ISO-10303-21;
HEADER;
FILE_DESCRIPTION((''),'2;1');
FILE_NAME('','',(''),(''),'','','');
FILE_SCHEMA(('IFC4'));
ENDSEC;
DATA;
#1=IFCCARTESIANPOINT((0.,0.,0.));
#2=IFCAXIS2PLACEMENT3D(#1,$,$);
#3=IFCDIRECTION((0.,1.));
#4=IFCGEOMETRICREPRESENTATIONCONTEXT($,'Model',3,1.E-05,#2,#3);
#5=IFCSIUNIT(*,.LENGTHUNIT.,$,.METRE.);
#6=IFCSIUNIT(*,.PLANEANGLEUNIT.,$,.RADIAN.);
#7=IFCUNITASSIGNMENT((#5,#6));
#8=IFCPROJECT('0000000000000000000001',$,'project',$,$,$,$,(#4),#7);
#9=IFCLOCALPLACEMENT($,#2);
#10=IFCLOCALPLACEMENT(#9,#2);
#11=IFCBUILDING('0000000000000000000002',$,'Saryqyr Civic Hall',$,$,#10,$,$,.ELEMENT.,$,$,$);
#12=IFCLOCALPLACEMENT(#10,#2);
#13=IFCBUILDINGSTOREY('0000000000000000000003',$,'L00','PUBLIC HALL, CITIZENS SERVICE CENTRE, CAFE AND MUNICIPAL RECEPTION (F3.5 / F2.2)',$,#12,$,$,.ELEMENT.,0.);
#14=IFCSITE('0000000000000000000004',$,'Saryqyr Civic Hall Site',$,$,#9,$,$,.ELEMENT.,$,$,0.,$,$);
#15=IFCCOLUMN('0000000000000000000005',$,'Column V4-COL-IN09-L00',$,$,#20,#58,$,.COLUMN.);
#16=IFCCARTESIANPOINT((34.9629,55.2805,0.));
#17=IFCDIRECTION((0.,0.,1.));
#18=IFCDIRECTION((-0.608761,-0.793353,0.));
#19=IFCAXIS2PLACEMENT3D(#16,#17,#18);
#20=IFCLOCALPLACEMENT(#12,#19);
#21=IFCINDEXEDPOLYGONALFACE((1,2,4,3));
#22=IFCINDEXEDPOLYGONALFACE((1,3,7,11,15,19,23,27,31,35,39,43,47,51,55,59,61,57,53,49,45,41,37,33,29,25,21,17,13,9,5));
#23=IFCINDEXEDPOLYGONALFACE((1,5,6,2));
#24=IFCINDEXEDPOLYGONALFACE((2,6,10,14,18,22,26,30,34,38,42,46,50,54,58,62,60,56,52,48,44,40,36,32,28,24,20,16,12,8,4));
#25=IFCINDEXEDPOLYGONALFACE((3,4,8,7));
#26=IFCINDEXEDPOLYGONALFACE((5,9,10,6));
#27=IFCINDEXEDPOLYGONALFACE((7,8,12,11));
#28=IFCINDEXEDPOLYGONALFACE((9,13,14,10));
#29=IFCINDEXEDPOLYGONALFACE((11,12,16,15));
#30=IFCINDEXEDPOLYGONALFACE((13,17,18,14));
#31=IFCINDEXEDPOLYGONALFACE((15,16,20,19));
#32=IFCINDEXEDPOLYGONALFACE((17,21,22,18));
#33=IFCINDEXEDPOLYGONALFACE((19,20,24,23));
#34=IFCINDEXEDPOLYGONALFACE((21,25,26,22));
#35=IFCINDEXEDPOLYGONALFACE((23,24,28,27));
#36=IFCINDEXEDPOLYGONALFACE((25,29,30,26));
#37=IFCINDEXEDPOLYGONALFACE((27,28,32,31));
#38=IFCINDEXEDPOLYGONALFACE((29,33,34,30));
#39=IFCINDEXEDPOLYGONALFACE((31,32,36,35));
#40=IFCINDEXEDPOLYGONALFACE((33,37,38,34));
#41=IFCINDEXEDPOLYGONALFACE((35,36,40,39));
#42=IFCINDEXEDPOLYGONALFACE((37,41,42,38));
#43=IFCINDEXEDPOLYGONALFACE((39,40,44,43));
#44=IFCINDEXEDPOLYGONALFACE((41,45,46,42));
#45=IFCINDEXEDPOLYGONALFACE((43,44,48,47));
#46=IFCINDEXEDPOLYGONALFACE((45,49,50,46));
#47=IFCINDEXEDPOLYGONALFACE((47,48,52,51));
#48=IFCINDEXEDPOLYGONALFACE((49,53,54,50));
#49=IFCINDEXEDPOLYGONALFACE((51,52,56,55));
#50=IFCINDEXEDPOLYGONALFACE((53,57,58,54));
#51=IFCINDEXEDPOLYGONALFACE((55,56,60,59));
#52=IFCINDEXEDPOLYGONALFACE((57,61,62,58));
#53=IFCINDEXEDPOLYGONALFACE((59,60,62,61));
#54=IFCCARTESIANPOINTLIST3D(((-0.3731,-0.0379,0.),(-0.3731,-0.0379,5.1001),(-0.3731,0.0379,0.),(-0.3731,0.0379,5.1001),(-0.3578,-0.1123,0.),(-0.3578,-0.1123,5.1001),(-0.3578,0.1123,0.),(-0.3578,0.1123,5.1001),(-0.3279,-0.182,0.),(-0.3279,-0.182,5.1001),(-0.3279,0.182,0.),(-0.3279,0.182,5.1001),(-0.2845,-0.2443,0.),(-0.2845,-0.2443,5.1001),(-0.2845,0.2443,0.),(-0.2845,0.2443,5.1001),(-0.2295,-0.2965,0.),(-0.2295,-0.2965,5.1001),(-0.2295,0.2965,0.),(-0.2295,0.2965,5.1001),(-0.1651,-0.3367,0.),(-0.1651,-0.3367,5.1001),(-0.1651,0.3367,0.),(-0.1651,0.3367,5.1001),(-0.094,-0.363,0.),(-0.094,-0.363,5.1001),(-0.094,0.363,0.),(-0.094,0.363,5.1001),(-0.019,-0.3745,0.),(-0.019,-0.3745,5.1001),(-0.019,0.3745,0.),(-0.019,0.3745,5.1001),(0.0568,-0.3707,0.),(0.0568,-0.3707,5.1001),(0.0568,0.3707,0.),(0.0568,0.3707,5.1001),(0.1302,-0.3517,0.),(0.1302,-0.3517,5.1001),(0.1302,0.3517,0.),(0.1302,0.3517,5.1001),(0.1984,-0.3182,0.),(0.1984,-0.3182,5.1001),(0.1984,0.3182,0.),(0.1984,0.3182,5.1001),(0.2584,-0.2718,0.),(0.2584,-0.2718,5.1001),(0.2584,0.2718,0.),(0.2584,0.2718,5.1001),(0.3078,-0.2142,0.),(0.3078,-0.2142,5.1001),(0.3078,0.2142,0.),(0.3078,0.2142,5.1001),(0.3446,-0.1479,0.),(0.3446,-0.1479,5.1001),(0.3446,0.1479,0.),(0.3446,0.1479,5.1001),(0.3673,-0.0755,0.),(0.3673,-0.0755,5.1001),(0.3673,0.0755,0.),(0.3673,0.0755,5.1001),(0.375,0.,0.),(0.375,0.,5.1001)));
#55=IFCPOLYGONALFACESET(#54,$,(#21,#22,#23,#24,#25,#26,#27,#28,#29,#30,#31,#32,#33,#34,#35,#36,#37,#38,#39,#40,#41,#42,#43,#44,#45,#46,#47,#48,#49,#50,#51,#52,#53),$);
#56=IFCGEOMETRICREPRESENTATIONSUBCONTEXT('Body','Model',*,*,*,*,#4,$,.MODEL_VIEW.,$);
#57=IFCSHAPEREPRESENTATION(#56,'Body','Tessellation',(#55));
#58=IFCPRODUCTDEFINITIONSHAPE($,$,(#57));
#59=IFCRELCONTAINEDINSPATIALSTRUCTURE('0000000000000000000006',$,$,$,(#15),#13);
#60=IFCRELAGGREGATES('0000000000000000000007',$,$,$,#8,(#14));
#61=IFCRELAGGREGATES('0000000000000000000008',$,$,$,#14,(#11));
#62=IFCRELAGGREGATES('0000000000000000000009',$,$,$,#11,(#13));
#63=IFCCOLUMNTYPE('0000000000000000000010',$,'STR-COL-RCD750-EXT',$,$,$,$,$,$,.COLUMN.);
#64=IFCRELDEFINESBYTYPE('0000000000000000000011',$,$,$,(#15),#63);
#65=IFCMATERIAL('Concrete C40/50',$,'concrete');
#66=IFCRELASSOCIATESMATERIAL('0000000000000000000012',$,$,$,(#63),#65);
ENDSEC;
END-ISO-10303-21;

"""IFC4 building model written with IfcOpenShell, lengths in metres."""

from ifc_helpers import new_model, si_unit, direction, frame, origin, origin_2d, place, context, subcontext, project, spatial, circle, extrude, material, material_profile, profile_set, type_object, element, save


model = new_model("IFC4")

# Units and contexts
model_context = context("Model", 3, precision=1e-05, world=origin(), true_north=direction((0.0, 1.0)))
body_context = subcontext(model_context, "Body", "Model", "MODEL_VIEW")
ifc_project = project(units=[si_unit("LENGTHUNIT", "METRE"), si_unit("PLANEANGLEUNIT", "RADIAN")], contexts=[model_context])

# Site, building, storey
site_placement = place(None, origin())
site = spatial("IfcSite", under=ifc_project, at=site_placement, Name="Saryqyr Civic Hall Site", CompositionType="ELEMENT", RefElevation=0.0)
building_placement = place(site_placement, origin())
building = spatial("IfcBuilding", under=site, at=building_placement, Name="Saryqyr Civic Hall", CompositionType="ELEMENT")
storey_placement = place(building_placement, origin())
storey = spatial("IfcBuildingStorey", under=building, at=storey_placement, Name="L00", Description="PUBLIC HALL, CITIZENS SERVICE CENTRE, CAFE AND MUNICIPAL RECEPTION (F3.5 / F2.2)", CompositionType="ELEMENT", Elevation=0.0)

# Column
ifc_material_1 = material(Name="Concrete C40/50", Category="concrete")
ifc_material_profile_1 = material_profile(ifc_material_1, circle(Radius=0.375, at=origin_2d()), Name="RC D750")
ifc_profile_set_1 = profile_set([ifc_material_profile_1], Name="Concrete C40/50")
column_type = type_object("IfcColumnType", Name="STR-COL-RCD750-EXT", PredefinedType="COLUMN", material=ifc_profile_set_1)
column_placement = place(storey_placement, frame((34.9629, 55.2805, 0.0), z_axis=(0.0, 0.0, 1.0), x_axis=(-0.608761, -0.793353, 0.0)))
element("IfcColumn", 1, at=column_placement, inside=storey, type_object=column_type, Name="Column V4-COL-IN09-L00", PredefinedType="COLUMN", context=body_context, shape_type="SweptSolid", body=[
    extrude(circle(Radius=0.375, at=origin_2d()), origin(), (0.0, 0.0, 1.0), 5.1001),
])

save(model, "model.ifc")
